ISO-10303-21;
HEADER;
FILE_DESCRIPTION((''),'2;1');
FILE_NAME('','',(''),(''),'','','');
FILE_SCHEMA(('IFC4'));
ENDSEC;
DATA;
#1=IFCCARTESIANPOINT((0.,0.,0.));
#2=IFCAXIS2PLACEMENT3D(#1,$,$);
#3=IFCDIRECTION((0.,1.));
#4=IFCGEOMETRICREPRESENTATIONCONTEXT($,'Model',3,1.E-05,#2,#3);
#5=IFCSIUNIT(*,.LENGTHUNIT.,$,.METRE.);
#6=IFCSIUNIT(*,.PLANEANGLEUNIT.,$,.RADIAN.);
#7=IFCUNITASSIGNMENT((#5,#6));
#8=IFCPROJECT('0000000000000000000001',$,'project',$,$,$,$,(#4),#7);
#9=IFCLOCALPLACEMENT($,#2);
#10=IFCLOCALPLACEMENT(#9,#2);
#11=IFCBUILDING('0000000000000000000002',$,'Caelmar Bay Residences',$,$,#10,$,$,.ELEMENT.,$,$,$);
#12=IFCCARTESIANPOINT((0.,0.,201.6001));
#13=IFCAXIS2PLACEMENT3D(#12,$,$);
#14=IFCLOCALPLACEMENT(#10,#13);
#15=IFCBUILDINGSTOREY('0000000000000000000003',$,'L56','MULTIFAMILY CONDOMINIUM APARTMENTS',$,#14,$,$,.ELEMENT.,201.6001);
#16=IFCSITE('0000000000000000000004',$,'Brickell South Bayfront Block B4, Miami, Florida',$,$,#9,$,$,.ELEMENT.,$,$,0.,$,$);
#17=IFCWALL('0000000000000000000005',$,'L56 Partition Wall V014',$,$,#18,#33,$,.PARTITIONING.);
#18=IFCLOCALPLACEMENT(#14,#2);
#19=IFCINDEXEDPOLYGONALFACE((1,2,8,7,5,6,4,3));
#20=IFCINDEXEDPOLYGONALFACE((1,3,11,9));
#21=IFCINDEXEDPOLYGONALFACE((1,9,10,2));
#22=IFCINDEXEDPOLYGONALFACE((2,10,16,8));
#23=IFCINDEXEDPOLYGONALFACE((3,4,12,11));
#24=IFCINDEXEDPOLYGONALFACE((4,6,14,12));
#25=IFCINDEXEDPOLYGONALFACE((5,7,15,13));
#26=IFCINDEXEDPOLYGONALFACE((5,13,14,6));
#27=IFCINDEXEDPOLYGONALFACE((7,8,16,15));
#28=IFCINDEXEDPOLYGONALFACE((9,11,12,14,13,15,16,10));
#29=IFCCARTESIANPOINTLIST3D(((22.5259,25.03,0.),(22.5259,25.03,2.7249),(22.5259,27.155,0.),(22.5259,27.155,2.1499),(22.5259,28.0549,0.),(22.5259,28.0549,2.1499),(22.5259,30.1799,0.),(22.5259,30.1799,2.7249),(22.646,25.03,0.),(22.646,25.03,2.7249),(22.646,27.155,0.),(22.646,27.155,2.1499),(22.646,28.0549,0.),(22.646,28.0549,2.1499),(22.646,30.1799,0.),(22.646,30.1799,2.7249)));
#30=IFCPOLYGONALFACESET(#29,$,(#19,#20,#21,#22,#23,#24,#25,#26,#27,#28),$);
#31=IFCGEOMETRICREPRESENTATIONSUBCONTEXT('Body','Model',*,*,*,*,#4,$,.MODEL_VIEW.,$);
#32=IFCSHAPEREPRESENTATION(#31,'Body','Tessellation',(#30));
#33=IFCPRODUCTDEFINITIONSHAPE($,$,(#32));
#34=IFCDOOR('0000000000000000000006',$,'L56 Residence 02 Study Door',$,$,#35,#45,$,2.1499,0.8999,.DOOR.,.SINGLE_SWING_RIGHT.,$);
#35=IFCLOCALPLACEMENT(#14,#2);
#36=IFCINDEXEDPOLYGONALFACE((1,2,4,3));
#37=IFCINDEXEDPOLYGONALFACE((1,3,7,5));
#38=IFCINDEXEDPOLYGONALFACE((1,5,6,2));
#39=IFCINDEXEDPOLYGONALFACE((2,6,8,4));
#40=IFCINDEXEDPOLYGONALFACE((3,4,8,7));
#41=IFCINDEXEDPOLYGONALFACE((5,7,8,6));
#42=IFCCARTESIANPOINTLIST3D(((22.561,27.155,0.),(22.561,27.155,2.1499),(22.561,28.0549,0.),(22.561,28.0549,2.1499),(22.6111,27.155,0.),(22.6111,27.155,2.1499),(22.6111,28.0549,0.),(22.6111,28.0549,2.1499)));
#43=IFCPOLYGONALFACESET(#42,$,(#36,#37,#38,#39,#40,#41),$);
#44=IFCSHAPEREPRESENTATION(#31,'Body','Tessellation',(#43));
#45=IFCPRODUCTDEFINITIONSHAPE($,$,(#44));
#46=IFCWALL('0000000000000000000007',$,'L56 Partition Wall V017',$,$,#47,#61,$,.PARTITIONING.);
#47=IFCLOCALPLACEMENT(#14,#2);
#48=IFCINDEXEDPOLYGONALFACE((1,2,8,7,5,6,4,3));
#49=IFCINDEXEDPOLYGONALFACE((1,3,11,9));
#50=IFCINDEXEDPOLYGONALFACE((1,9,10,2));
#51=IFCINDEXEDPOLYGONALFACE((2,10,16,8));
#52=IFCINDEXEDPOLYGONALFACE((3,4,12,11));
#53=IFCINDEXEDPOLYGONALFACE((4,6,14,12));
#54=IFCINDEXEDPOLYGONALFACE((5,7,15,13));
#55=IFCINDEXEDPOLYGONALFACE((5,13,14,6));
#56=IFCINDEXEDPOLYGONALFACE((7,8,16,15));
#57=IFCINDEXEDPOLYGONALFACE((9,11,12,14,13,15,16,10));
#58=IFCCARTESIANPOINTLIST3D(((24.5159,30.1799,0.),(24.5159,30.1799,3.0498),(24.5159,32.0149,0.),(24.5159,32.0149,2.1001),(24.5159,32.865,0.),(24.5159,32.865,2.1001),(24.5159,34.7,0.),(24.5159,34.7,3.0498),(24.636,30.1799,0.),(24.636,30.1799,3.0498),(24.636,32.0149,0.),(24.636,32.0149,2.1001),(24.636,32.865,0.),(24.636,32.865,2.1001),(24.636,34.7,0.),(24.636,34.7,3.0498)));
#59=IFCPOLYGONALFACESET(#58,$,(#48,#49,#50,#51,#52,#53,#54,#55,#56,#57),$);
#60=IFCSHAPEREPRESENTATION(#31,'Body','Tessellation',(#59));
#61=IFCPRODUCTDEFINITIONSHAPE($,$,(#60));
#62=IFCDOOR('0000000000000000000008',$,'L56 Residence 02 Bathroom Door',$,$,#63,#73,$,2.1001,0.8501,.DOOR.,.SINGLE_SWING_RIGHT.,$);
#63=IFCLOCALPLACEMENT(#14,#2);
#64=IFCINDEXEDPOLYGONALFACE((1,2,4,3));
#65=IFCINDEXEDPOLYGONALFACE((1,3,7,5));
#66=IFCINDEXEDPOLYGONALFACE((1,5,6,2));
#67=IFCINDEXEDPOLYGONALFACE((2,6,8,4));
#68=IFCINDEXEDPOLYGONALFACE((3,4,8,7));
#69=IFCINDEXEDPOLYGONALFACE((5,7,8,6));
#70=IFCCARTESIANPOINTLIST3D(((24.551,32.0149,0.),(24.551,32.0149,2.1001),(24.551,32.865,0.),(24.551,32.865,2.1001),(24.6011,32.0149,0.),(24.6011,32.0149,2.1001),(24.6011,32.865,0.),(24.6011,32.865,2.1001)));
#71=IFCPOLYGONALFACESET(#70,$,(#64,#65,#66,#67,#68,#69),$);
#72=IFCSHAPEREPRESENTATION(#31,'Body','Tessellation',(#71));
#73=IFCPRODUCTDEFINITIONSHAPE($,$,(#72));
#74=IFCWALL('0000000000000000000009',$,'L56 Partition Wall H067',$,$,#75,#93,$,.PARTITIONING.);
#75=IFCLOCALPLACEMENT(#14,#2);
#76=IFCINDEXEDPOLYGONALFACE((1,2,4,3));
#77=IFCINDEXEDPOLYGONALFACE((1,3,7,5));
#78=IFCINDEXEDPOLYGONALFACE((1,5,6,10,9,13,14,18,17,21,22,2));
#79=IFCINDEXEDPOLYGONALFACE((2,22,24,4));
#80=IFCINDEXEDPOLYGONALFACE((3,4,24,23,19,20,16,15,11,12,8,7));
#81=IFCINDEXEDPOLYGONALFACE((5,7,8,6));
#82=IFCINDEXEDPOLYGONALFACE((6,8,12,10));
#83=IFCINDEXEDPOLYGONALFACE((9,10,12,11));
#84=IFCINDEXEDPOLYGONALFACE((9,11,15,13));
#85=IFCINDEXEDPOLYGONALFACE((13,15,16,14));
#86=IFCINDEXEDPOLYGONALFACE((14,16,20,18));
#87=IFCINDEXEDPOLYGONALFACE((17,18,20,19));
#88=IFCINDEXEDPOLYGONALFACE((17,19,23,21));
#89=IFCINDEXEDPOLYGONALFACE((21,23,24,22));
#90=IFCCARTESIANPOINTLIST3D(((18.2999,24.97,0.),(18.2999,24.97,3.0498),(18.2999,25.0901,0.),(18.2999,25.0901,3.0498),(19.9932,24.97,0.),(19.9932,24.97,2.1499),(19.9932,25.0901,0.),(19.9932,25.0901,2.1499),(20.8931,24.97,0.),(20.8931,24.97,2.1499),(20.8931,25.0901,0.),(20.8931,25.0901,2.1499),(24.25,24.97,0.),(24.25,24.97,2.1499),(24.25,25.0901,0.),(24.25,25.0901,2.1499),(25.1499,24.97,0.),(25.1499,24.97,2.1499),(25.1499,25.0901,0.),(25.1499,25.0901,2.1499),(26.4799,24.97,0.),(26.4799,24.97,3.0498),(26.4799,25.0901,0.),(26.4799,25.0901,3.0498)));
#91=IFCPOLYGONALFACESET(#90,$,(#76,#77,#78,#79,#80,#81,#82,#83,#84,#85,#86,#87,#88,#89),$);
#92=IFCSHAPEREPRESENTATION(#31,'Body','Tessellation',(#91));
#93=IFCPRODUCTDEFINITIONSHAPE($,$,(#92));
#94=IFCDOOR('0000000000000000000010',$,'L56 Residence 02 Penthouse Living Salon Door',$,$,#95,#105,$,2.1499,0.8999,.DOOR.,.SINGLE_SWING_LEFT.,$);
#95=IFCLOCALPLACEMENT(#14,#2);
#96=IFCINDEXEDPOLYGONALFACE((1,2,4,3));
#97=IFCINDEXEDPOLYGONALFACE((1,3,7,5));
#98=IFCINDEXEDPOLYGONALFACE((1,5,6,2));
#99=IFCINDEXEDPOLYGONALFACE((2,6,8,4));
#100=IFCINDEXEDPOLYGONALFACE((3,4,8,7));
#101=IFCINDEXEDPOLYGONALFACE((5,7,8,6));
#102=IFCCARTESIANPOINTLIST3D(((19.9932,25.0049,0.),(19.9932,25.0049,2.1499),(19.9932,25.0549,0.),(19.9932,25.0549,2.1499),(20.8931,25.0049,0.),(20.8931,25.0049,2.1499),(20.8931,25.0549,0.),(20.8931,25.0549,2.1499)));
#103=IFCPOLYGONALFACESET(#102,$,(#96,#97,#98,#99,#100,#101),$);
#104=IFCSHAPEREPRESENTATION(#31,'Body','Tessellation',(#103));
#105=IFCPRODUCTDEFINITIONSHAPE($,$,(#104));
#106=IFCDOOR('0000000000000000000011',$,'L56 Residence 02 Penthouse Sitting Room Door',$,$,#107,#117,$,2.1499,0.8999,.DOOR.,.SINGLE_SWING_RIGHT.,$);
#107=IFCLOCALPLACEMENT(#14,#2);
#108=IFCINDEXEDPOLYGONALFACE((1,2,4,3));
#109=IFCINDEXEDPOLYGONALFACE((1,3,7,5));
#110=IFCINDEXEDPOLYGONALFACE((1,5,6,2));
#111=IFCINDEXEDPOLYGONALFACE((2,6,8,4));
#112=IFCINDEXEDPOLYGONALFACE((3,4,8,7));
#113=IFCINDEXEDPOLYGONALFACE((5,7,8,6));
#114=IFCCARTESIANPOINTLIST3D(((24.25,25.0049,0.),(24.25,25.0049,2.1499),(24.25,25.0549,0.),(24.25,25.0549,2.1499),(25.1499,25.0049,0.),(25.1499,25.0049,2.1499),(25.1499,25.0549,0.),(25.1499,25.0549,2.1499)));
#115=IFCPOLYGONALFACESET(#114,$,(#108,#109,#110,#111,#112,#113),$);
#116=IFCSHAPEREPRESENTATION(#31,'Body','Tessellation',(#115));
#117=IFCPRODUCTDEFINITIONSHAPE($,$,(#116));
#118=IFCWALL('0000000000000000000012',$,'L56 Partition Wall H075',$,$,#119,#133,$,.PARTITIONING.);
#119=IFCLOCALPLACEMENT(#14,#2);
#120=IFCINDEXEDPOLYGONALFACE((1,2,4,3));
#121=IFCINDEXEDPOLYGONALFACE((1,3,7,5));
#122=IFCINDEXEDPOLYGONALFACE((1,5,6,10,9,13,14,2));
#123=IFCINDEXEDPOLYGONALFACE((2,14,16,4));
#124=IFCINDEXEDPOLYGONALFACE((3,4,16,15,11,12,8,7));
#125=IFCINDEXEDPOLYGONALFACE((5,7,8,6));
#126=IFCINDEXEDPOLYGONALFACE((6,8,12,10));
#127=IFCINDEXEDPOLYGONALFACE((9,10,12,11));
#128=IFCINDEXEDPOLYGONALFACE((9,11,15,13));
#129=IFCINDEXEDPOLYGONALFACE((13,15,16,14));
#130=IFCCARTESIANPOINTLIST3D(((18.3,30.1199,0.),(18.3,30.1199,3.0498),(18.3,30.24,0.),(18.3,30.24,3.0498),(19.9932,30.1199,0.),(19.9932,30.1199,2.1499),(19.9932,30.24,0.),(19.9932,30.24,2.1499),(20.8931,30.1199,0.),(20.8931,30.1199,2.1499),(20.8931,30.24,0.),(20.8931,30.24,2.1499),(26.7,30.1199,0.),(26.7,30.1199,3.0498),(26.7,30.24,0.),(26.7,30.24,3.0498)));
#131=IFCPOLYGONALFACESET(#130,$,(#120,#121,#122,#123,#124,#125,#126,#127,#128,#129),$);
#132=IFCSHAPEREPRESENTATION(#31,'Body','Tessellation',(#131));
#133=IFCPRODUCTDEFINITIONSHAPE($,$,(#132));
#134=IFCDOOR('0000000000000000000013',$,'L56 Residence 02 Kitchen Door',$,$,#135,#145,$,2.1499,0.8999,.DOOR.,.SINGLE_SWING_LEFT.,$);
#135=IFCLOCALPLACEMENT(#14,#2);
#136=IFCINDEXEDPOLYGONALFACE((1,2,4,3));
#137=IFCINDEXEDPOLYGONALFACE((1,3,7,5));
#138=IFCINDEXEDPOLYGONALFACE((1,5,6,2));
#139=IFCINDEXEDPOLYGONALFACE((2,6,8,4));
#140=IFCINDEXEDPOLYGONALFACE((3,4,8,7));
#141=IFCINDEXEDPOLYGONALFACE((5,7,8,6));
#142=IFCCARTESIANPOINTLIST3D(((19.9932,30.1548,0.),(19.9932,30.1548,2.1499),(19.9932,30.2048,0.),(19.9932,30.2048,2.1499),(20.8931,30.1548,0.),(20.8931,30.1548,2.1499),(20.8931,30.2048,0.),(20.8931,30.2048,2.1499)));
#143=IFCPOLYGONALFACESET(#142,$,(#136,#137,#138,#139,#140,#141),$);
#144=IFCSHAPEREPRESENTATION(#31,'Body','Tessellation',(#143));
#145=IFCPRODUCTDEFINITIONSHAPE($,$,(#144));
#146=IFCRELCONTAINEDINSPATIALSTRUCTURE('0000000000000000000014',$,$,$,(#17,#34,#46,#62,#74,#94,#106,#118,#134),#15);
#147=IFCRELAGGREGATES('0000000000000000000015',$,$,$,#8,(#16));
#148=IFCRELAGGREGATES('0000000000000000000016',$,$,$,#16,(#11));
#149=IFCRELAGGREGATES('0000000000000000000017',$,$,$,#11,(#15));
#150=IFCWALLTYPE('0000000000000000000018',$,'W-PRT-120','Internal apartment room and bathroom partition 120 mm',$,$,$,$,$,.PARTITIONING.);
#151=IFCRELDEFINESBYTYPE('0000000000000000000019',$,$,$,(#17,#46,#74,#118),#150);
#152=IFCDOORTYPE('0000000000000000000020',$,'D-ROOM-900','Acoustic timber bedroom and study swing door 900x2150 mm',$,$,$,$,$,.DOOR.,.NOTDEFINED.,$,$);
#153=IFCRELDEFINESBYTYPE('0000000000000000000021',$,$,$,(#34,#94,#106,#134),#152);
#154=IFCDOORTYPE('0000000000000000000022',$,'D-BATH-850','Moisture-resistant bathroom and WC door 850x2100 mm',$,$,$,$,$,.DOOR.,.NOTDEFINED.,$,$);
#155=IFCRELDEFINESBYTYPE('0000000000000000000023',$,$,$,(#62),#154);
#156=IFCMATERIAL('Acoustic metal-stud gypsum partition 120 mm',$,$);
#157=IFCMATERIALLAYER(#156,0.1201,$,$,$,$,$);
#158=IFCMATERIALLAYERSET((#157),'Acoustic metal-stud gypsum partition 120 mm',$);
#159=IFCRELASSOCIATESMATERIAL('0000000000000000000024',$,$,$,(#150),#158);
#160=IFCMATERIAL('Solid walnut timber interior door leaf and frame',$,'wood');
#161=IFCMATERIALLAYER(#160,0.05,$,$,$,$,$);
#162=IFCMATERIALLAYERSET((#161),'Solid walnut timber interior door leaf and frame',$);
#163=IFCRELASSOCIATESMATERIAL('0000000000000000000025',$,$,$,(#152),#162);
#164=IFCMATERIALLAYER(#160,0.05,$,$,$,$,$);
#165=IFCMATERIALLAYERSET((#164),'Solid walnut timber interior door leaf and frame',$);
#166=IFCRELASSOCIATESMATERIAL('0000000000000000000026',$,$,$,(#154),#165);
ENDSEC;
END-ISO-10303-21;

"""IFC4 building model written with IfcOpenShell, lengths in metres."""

from ifc_helpers import new_model, si_unit, direction, frame, frame_2d, origin, place, context, subcontext, project, spatial, rectangle, extrude, material, layer, layer_set, type_object, element, fill, save


model = new_model("IFC4")

# Units and contexts
model_context = context("Model", 3, precision=1e-05, world=origin(), true_north=direction((0.0, 1.0)))
body_context = subcontext(model_context, "Body", "Model", "MODEL_VIEW")
ifc_project = project(units=[si_unit("LENGTHUNIT", "METRE"), si_unit("PLANEANGLEUNIT", "RADIAN")], contexts=[model_context])

# Site, building, storey
site_placement = place(None, origin())
site = spatial("IfcSite", under=ifc_project, at=site_placement, Name="Brickell South Bayfront Block B4, Miami, Florida", CompositionType="ELEMENT", RefElevation=0.0)
building_placement = place(site_placement, origin())
building = spatial("IfcBuilding", under=site, at=building_placement, Name="Caelmar Bay Residences", CompositionType="ELEMENT")
storey_placement = place(building_placement, frame((0.0, 0.0, 201.6001)))
storey = spatial("IfcBuildingStorey", under=building, at=storey_placement, Name="L56", Description="MULTIFAMILY CONDOMINIUM APARTMENTS", CompositionType="ELEMENT", Elevation=201.6001)

# Walls, openings, doors
ifc_material_1 = material(Name="Acoustic metal-stud gypsum partition 120 mm")
ifc_layer_1 = layer(ifc_material_1, 0.1201)
ifc_layer_set_1 = layer_set([ifc_layer_1], Name="Acoustic metal-stud gypsum partition 120 mm")
wall_type_1 = type_object("IfcWallType", Name="W-PRT-120", Description="Internal apartment room and bathroom partition 120 mm", PredefinedType="PARTITIONING", material=ifc_layer_set_1)
wall_1_placement = place(storey_placement, frame((22.5859, 25.03, 0.0), z_axis=(0.0, 0.0, 1.0), x_axis=(0.0, 1.0, 0.0)))
wall_1 = element("IfcWall", 1, at=wall_1_placement, inside=storey, type_object=wall_type_1, Name="L56 Partition Wall V014", PredefinedType="PARTITIONING", context=body_context, shape_type="SweptSolid", body=[
    extrude(rectangle(XDim=5.1499, YDim=0.1201, at=frame_2d((2.575, 0.0))), origin(), (0.0, 0.0, 1.0), 2.7249),
])
opening_1_placement = place(wall_1_placement, frame((2.125, 0.0, 0.0)))
opening_1 = element("IfcOpeningElement", 2, at=opening_1_placement, cuts=wall_1, PredefinedType="OPENING", context=body_context, shape_type="SweptSolid", body=[
    extrude(rectangle(XDim=0.8999, YDim=2.1499, at=frame_2d((0.45, 1.075))), frame((0.0, 0.0701, 0.0), z_axis=(0.0, -1.0, 0.0), x_axis=(1.0, 0.0, 0.0)), (0.0, 0.0, 1.0), 0.1401),
])
ifc_material_2 = material(Name="Solid walnut timber interior door leaf and frame", Category="wood")
ifc_layer_2 = layer(ifc_material_2, 0.05)
ifc_layer_set_2 = layer_set([ifc_layer_2], Name="Solid walnut timber interior door leaf and frame")
door_type_1 = type_object("IfcDoorType", Name="D-ROOM-900", Description="Acoustic timber bedroom and study swing door 900x2150 mm", OperationType="NOTDEFINED", PredefinedType="DOOR", material=ifc_layer_set_2)
door_1_placement = place(opening_1_placement, origin())
door_1 = element("IfcDoor", 3, at=door_1_placement, inside=storey, type_object=door_type_1, Name="L56 Residence 02 Study Door", OperationType="SINGLE_SWING_RIGHT", OverallHeight=2.1499, OverallWidth=0.8999, PredefinedType="DOOR", context=body_context, shape_type="SweptSolid", body=[
    extrude(rectangle(XDim=0.8999, YDim=2.1499, at=frame_2d((0.45, 1.075))), frame((0.0, 0.0249, 0.0), z_axis=(0.0, -1.0, 0.0), x_axis=(1.0, 0.0, 0.0)), (0.0, 0.0, 1.0), 0.05),
])
fill(opening_1, door_1)
wall_2_placement = place(storey_placement, frame((24.5759, 30.1799, 0.0), z_axis=(0.0, 0.0, 1.0), x_axis=(0.0, 1.0, 0.0)))
wall_2 = element("IfcWall", 4, at=wall_2_placement, inside=storey, type_object=wall_type_1, Name="L56 Partition Wall V017", PredefinedType="PARTITIONING", context=body_context, shape_type="SweptSolid", body=[
    extrude(rectangle(XDim=4.52, YDim=0.1201, at=frame_2d((2.26, 0.0))), origin(), (0.0, 0.0, 1.0), 3.0498),
])
opening_2_placement = place(wall_2_placement, frame((1.835, 0.0, 0.0)))
opening_2 = element("IfcOpeningElement", 5, at=opening_2_placement, cuts=wall_2, PredefinedType="OPENING", context=body_context, shape_type="SweptSolid", body=[
    extrude(rectangle(XDim=0.8501, YDim=2.1001, at=frame_2d((0.425, 1.05))), frame((0.0, 0.0701, 0.0), z_axis=(0.0, -1.0, 0.0), x_axis=(1.0, 0.0, 0.0)), (0.0, 0.0, 1.0), 0.1401),
])
ifc_layer_3 = layer(ifc_material_2, 0.05)
ifc_layer_set_3 = layer_set([ifc_layer_3], Name="Solid walnut timber interior door leaf and frame")
door_type_2 = type_object("IfcDoorType", Name="D-BATH-850", Description="Moisture-resistant bathroom and WC door 850x2100 mm", OperationType="NOTDEFINED", PredefinedType="DOOR", material=ifc_layer_set_3)
door_2_placement = place(opening_2_placement, origin())
door_2 = element("IfcDoor", 6, at=door_2_placement, inside=storey, type_object=door_type_2, Name="L56 Residence 02 Bathroom Door", OperationType="SINGLE_SWING_RIGHT", OverallHeight=2.1001, OverallWidth=0.8501, PredefinedType="DOOR", context=body_context, shape_type="SweptSolid", body=[
    extrude(rectangle(XDim=0.8501, YDim=2.1001, at=frame_2d((0.425, 1.05))), frame((0.0, 0.0249, 0.0), z_axis=(0.0, -1.0, 0.0), x_axis=(1.0, 0.0, 0.0)), (0.0, 0.0, 1.0), 0.05),
])
fill(opening_2, door_2)

# Wall, openings, doors
wall_3_placement = place(storey_placement, frame((18.3, 25.03, 0.0), z_axis=(0.0, 0.0, 1.0), x_axis=(1.0, 0.0, 0.0)))
wall_3 = element("IfcWall", 7, at=wall_3_placement, inside=storey, type_object=wall_type_1, Name="L56 Partition Wall H067", PredefinedType="PARTITIONING", context=body_context, shape_type="SweptSolid", body=[
    extrude(rectangle(XDim=8.1799, YDim=0.1201, at=frame_2d((4.0898, 0.0))), origin(), (0.0, 0.0, 1.0), 3.0498),
])
opening_3_placement = place(wall_3_placement, frame((1.6931, 0.0, 0.0)))
opening_3 = element("IfcOpeningElement", 8, at=opening_3_placement, cuts=wall_3, PredefinedType="OPENING", context=body_context, shape_type="SweptSolid", body=[
    extrude(rectangle(XDim=0.8999, YDim=2.1499, at=frame_2d((0.45, 1.075))), frame((0.0, 0.0701, 0.0), z_axis=(0.0, -1.0, 0.0), x_axis=(1.0, 0.0, 0.0)), (0.0, 0.0, 1.0), 0.1401),
])
opening_4_placement = place(wall_3_placement, frame((5.95, 0.0, 0.0)))
opening_4 = element("IfcOpeningElement", 9, at=opening_4_placement, cuts=wall_3, PredefinedType="OPENING", context=body_context, shape_type="SweptSolid", body=[
    extrude(rectangle(XDim=0.8999, YDim=2.1499, at=frame_2d((0.45, 1.075))), frame((0.0, 0.0701, 0.0), z_axis=(0.0, -1.0, 0.0), x_axis=(1.0, 0.0, 0.0)), (0.0, 0.0, 1.0), 0.1401),
])
door_3_placement = place(opening_3_placement, origin())
door_3 = element("IfcDoor", 10, at=door_3_placement, inside=storey, type_object=door_type_1, Name="L56 Residence 02 Penthouse Living Salon Door", OperationType="SINGLE_SWING_LEFT", OverallHeight=2.1499, OverallWidth=0.8999, PredefinedType="DOOR", context=body_context, shape_type="SweptSolid", body=[
    extrude(rectangle(XDim=0.8999, YDim=2.1499, at=frame_2d((0.45, 1.075))), frame((0.0, 0.0249, 0.0), z_axis=(0.0, -1.0, 0.0), x_axis=(1.0, 0.0, 0.0)), (0.0, 0.0, 1.0), 0.05),
])
fill(opening_3, door_3)
door_4_placement = place(opening_4_placement, origin())
door_4 = element("IfcDoor", 11, at=door_4_placement, inside=storey, type_object=door_type_1, Name="L56 Residence 02 Penthouse Sitting Room Door", OperationType="SINGLE_SWING_RIGHT", OverallHeight=2.1499, OverallWidth=0.8999, PredefinedType="DOOR", context=body_context, shape_type="SweptSolid", body=[
    extrude(rectangle(XDim=0.8999, YDim=2.1499, at=frame_2d((0.45, 1.075))), frame((0.0, 0.0249, 0.0), z_axis=(0.0, -1.0, 0.0), x_axis=(1.0, 0.0, 0.0)), (0.0, 0.0, 1.0), 0.05),
])
fill(opening_4, door_4)

# Wall, opening, door
wall_4_placement = place(storey_placement, frame((18.3, 30.1799, 0.0), z_axis=(0.0, 0.0, 1.0), x_axis=(1.0, 0.0, 0.0)))
wall_4 = element("IfcWall", 12, at=wall_4_placement, inside=storey, type_object=wall_type_1, Name="L56 Partition Wall H075", PredefinedType="PARTITIONING", context=body_context, shape_type="SweptSolid", body=[
    extrude(rectangle(XDim=8.3999, YDim=0.1201, at=frame_2d((4.2, 0.0))), origin(), (0.0, 0.0, 1.0), 3.0498),
])
opening_5_placement = place(wall_4_placement, frame((1.6931, 0.0, 0.0)))
opening_5 = element("IfcOpeningElement", 13, at=opening_5_placement, cuts=wall_4, PredefinedType="OPENING", context=body_context, shape_type="SweptSolid", body=[
    extrude(rectangle(XDim=0.8999, YDim=2.1499, at=frame_2d((0.45, 1.075))), frame((0.0, 0.0701, 0.0), z_axis=(0.0, -1.0, 0.0), x_axis=(1.0, 0.0, 0.0)), (0.0, 0.0, 1.0), 0.1401),
])
door_5_placement = place(opening_5_placement, origin())
door_5 = element("IfcDoor", 14, at=door_5_placement, inside=storey, type_object=door_type_1, Name="L56 Residence 02 Kitchen Door", OperationType="SINGLE_SWING_LEFT", OverallHeight=2.1499, OverallWidth=0.8999, PredefinedType="DOOR", context=body_context, shape_type="SweptSolid", body=[
    extrude(rectangle(XDim=0.8999, YDim=2.1499, at=frame_2d((0.45, 1.075))), frame((0.0, 0.0249, 0.0), z_axis=(0.0, -1.0, 0.0), x_axis=(1.0, 0.0, 0.0)), (0.0, 0.0, 1.0), 0.05),
])
fill(opening_5, door_5)

save(model, "model.ifc")
